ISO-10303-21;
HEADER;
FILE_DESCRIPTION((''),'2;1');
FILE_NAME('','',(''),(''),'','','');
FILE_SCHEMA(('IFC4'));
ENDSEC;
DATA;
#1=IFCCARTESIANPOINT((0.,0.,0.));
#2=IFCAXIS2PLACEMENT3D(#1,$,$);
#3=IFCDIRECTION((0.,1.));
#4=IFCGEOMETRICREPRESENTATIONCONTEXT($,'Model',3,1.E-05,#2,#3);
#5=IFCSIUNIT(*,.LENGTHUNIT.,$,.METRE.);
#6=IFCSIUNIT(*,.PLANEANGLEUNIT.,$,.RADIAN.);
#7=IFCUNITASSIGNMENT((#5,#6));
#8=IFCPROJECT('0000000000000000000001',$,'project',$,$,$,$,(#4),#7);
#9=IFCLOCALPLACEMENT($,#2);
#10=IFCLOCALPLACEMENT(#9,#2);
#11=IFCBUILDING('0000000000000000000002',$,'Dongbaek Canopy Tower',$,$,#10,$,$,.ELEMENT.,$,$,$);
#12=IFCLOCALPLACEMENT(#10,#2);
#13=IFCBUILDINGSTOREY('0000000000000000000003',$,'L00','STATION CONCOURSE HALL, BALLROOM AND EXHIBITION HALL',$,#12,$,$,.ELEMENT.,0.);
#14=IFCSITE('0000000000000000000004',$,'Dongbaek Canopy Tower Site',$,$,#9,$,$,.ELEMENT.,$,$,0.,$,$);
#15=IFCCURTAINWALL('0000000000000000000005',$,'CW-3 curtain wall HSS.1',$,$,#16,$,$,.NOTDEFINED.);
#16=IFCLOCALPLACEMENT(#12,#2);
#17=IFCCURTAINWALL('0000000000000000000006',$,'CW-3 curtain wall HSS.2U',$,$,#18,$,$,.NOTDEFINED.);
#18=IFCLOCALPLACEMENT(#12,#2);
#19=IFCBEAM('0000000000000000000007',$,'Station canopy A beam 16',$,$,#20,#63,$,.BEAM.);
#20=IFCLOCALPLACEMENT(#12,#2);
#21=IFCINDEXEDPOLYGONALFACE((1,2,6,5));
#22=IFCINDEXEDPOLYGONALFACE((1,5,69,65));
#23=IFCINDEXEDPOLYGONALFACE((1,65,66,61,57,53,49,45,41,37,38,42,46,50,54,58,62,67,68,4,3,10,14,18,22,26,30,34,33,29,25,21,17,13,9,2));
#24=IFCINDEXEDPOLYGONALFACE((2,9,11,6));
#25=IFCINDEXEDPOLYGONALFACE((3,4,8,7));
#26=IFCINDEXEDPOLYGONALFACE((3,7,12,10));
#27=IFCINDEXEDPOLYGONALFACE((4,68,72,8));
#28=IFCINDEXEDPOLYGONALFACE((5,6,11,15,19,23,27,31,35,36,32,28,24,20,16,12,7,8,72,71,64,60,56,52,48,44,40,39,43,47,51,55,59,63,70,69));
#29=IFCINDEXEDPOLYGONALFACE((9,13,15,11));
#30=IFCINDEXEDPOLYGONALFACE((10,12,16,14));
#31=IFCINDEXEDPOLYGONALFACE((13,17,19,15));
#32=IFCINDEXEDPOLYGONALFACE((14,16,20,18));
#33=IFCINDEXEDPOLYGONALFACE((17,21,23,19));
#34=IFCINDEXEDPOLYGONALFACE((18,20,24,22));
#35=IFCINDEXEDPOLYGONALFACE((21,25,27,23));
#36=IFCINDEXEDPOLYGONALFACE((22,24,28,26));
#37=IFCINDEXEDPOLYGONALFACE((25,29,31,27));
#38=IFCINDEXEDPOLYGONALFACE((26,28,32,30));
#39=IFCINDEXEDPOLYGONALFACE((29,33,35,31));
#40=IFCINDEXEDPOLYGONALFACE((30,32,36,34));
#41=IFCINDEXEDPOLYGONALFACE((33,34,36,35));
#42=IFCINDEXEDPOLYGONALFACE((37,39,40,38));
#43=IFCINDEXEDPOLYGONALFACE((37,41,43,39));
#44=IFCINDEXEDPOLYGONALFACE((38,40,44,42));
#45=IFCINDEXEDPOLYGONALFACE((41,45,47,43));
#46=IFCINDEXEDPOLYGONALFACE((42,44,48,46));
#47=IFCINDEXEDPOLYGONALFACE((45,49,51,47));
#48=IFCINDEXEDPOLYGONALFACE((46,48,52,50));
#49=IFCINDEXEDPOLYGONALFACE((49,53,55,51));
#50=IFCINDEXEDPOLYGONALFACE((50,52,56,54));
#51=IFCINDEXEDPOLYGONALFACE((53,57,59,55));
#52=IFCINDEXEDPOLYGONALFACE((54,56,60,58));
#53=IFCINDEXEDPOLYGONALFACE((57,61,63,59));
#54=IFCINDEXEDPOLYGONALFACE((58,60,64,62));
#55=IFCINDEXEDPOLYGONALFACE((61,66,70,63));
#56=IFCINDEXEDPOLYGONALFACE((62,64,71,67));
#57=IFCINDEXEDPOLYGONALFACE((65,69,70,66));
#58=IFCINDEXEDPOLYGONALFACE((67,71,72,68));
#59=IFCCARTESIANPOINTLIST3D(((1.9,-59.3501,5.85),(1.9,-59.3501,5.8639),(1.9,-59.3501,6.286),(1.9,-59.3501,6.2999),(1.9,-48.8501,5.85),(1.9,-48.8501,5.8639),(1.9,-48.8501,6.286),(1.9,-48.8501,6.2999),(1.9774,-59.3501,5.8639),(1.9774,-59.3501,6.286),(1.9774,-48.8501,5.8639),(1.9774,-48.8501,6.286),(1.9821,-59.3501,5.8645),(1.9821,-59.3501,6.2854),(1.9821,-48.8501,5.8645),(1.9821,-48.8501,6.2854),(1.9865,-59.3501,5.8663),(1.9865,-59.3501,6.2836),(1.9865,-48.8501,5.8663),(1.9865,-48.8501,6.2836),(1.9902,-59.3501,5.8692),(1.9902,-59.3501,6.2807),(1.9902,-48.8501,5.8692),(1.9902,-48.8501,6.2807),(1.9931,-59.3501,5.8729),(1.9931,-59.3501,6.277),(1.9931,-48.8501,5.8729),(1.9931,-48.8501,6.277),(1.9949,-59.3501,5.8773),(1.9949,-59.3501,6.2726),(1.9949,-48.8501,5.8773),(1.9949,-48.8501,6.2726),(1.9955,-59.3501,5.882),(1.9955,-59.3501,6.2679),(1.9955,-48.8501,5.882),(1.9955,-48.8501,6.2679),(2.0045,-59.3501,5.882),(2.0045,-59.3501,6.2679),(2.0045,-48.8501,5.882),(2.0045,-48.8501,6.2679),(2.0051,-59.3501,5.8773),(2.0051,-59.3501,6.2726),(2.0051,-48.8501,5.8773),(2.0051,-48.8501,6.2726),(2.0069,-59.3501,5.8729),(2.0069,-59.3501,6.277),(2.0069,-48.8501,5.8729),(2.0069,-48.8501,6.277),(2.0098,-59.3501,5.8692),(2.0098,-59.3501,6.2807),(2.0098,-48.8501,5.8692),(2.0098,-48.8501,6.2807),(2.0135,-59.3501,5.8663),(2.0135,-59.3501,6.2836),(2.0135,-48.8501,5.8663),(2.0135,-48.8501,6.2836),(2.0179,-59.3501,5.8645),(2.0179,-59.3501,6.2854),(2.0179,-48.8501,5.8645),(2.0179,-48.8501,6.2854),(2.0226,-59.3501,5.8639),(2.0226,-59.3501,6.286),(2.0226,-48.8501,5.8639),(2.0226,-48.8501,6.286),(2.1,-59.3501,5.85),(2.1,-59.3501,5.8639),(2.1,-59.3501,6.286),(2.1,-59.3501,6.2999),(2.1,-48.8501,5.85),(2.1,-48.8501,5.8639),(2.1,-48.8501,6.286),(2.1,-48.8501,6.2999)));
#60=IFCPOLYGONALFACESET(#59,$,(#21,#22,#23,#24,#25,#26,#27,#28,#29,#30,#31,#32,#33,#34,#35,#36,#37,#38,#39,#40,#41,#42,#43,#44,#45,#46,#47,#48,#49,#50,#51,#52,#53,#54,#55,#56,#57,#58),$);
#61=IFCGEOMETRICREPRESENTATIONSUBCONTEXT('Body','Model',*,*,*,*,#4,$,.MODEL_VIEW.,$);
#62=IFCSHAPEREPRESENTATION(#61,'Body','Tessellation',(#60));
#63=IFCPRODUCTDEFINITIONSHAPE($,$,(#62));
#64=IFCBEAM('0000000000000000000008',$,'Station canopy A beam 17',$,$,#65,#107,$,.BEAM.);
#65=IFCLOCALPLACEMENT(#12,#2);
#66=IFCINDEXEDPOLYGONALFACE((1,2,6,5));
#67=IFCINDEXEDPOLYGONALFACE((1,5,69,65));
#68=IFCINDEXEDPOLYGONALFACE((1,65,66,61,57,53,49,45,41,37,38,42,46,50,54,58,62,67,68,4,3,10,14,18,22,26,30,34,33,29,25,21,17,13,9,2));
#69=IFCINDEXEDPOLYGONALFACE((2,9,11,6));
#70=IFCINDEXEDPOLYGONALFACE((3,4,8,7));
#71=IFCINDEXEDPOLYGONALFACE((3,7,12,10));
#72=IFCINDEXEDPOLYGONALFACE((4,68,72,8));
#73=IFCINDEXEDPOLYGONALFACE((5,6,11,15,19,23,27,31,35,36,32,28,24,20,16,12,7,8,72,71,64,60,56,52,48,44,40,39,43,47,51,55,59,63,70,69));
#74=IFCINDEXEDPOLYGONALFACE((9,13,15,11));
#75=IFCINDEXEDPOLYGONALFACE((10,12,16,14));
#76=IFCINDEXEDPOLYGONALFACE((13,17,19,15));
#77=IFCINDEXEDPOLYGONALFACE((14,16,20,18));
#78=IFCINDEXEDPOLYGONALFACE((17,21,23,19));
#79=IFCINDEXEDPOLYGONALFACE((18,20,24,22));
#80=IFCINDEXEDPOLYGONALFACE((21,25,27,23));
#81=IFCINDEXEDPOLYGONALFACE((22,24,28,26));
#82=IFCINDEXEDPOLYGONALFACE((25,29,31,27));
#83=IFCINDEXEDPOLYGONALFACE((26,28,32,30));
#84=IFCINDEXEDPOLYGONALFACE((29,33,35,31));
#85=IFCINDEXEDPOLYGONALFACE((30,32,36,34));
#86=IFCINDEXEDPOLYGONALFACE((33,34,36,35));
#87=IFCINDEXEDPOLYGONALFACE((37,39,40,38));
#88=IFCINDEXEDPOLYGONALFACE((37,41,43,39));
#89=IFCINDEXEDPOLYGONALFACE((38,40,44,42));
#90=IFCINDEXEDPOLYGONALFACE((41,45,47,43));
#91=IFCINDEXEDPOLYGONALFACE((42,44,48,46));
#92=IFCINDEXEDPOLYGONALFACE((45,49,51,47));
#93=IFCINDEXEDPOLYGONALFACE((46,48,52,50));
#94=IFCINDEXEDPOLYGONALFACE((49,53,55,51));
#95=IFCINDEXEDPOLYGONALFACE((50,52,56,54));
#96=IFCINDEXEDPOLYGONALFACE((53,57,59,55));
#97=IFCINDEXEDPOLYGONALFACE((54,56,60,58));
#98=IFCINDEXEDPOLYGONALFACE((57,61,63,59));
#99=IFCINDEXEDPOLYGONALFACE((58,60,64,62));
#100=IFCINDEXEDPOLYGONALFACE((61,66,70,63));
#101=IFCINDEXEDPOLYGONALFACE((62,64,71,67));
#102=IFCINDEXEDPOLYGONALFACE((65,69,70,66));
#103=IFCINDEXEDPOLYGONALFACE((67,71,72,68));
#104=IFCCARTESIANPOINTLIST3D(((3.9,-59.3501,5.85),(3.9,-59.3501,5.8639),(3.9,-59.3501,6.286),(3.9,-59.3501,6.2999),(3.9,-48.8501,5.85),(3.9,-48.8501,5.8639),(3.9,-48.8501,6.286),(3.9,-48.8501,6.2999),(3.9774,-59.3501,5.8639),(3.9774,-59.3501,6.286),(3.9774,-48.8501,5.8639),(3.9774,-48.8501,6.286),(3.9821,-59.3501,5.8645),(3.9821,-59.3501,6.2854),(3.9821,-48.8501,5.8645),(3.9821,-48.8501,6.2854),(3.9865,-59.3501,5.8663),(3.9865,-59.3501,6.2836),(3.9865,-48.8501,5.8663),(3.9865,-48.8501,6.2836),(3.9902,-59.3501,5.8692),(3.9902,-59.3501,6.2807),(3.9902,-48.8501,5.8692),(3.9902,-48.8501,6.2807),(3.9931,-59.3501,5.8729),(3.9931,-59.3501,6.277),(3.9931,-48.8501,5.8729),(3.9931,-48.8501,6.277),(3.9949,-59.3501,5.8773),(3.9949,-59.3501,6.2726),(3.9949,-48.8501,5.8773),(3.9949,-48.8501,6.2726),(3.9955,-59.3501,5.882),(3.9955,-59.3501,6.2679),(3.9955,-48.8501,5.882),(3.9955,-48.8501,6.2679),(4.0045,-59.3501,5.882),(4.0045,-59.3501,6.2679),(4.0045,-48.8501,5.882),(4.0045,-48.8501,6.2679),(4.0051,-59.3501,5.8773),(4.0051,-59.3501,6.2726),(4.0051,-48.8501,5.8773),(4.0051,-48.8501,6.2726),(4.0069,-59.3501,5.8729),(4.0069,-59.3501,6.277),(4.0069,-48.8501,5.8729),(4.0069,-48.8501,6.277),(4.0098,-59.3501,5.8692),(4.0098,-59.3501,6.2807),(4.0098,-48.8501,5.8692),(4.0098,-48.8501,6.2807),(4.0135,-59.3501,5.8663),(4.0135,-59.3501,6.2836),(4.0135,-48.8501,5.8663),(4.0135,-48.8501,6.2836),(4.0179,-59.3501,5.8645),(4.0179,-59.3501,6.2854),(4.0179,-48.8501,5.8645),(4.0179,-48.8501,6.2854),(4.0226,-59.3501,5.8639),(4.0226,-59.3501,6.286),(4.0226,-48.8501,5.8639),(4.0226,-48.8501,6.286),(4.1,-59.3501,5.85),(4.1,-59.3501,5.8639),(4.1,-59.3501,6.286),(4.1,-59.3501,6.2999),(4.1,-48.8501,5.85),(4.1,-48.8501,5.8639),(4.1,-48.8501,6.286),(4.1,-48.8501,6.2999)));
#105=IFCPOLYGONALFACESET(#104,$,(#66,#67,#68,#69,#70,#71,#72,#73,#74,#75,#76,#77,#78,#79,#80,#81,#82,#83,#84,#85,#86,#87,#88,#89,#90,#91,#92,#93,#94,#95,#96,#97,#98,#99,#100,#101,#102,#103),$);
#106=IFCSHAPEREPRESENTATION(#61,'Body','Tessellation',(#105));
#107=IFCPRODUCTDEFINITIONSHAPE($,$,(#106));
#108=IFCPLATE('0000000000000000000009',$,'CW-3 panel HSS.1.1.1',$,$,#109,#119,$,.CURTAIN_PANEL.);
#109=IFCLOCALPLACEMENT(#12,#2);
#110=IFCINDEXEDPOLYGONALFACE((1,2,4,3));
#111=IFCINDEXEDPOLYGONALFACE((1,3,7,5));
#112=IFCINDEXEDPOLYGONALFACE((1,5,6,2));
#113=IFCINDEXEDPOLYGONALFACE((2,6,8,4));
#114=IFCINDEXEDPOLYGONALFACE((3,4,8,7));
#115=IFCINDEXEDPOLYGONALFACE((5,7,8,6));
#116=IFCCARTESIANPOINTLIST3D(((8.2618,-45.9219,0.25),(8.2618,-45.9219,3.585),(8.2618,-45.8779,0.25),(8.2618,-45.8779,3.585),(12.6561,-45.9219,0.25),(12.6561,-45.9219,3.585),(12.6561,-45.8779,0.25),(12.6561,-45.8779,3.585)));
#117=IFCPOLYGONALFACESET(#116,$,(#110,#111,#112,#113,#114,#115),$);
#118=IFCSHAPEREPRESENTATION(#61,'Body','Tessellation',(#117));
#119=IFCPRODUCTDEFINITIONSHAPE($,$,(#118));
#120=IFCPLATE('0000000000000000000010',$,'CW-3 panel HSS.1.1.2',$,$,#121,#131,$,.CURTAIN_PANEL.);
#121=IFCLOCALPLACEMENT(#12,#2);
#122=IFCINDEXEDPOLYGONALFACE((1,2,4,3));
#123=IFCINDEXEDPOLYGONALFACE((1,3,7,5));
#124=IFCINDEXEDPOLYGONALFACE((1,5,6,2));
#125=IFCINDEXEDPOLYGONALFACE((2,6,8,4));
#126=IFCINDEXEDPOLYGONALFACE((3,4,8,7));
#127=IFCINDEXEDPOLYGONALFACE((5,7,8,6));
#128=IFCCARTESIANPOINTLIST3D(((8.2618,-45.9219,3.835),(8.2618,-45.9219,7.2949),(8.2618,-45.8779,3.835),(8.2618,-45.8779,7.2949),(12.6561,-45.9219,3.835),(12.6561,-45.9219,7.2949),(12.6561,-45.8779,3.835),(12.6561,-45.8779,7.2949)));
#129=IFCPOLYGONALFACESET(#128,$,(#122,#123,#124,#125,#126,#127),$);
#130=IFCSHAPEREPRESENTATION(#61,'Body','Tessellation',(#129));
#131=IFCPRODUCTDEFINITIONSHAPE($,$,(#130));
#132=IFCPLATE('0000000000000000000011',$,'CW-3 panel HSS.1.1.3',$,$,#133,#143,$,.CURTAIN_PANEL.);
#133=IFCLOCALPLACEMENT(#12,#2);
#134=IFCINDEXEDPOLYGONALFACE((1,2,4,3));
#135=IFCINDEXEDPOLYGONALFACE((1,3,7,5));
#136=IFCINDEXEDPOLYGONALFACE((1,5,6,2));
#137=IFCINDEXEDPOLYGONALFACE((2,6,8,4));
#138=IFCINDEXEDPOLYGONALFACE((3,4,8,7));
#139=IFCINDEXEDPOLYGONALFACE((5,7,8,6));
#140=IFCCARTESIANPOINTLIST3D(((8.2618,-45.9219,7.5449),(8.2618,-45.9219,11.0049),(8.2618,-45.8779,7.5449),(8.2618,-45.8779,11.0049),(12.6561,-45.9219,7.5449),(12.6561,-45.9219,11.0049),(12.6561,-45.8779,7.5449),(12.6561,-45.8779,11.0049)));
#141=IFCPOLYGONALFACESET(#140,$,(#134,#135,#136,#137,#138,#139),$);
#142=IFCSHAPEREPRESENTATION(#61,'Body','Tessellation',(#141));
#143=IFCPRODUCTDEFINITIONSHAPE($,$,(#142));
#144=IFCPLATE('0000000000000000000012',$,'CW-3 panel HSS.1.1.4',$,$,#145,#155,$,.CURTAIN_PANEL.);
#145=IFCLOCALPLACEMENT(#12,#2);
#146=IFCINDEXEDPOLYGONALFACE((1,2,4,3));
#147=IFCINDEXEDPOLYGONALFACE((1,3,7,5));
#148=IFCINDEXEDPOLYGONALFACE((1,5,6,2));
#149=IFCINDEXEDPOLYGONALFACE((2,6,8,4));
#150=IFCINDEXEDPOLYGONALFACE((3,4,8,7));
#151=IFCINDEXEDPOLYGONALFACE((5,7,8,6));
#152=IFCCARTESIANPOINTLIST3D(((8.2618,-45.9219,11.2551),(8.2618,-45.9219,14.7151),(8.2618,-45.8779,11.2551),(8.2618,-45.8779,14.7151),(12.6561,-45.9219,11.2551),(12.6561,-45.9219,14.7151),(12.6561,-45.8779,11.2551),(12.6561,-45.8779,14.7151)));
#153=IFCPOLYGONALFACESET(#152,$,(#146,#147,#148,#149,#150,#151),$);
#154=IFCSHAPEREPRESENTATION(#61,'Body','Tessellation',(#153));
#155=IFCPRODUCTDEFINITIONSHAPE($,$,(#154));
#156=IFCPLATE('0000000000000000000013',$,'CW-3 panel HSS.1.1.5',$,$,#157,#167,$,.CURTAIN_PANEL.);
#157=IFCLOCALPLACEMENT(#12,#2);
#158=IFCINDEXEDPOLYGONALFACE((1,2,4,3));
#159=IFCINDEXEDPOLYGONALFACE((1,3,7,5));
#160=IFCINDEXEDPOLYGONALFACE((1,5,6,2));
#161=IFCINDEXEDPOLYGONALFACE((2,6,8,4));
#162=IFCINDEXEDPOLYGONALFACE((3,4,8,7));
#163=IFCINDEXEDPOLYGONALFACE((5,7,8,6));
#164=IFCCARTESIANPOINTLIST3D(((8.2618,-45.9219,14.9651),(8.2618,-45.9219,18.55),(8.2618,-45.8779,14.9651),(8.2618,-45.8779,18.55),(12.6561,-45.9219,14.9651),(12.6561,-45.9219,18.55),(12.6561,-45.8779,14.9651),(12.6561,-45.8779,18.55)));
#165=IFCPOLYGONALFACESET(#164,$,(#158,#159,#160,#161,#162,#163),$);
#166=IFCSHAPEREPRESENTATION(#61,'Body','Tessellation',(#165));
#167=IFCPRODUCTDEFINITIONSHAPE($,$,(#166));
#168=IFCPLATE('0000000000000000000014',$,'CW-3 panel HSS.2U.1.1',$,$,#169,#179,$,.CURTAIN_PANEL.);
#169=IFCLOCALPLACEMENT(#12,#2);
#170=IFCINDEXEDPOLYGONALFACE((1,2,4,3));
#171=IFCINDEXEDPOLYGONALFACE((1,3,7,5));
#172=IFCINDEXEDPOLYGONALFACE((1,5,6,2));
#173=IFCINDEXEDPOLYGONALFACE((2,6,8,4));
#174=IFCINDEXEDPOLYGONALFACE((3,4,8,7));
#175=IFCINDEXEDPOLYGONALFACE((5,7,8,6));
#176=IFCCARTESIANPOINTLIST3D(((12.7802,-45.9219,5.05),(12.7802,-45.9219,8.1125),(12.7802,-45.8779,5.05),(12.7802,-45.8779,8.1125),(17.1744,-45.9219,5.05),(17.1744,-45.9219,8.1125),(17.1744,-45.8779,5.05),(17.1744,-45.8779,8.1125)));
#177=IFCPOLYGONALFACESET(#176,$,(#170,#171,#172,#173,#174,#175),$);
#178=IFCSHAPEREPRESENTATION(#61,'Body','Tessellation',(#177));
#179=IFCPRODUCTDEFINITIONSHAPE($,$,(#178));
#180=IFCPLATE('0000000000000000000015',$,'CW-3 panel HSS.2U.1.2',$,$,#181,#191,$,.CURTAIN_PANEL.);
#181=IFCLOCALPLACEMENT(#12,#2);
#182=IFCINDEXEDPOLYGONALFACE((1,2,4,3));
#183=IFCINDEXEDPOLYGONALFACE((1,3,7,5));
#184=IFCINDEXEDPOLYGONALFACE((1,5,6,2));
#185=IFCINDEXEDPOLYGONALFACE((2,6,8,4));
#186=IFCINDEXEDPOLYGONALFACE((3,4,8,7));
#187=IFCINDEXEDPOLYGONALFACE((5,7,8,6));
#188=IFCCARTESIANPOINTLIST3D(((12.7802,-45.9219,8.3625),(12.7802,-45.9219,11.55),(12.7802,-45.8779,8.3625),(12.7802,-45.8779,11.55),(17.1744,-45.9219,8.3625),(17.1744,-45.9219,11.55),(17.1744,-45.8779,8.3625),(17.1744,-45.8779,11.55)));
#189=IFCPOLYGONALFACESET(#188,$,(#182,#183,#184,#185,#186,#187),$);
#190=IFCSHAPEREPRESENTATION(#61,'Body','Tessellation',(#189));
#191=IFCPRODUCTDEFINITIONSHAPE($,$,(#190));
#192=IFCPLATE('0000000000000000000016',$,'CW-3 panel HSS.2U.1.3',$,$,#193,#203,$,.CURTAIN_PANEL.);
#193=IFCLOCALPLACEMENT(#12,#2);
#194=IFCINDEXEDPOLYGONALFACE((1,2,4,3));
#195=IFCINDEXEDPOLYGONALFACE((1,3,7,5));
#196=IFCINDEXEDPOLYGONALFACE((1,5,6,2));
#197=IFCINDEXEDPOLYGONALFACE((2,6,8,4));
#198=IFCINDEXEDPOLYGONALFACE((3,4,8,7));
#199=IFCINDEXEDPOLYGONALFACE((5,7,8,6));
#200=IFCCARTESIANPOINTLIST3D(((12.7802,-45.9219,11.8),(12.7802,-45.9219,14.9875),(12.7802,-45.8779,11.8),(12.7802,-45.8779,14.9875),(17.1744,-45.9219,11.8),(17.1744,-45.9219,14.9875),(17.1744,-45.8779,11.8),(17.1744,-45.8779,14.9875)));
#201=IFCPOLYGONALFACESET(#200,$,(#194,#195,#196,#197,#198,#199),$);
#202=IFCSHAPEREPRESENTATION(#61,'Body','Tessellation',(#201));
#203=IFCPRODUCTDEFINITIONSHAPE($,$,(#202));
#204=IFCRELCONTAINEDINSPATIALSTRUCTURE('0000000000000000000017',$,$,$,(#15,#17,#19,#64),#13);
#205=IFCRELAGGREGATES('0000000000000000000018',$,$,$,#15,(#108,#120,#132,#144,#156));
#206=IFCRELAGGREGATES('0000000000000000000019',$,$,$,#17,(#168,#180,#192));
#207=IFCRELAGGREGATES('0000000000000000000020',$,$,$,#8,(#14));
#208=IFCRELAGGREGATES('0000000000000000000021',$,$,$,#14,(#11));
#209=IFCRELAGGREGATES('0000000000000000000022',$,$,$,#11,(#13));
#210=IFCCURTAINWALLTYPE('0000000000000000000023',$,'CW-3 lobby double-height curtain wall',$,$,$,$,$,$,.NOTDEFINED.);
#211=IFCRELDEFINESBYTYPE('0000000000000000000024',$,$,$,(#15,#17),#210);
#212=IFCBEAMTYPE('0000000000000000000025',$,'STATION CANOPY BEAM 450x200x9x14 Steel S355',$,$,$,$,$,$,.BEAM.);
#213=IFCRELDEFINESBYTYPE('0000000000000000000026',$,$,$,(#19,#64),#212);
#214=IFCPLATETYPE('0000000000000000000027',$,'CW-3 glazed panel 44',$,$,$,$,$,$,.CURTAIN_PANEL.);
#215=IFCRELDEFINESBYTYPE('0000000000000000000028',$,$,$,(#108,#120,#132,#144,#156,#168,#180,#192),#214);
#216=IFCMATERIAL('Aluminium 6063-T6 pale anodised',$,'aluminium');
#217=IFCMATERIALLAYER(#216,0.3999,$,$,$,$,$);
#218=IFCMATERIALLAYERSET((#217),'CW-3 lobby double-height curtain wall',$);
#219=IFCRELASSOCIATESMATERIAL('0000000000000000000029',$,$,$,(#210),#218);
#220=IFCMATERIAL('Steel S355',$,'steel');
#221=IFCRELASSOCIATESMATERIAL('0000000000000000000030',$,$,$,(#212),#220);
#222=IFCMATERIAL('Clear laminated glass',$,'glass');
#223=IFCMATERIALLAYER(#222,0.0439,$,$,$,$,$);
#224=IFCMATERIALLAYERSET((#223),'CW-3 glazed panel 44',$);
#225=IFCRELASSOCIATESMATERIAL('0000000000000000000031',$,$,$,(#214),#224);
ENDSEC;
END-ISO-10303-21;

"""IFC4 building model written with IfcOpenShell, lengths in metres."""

from ifc_helpers import new_model, si_unit, direction, frame, origin, origin_2d, place, context, subcontext, project, spatial, rectangle, i_section, extrude, material, layer, layer_set, material_profile, profile_set, type_object, element, aggregate, save


model = new_model("IFC4")

# Units and contexts
model_context = context("Model", 3, precision=1e-05, world=origin(), true_north=direction((0.0, 1.0)))
body_context = subcontext(model_context, "Body", "Model", "MODEL_VIEW")
ifc_project = project(units=[si_unit("LENGTHUNIT", "METRE"), si_unit("PLANEANGLEUNIT", "RADIAN")], contexts=[model_context])

# Site, building, storey
site_placement = place(None, origin())
site = spatial("IfcSite", under=ifc_project, at=site_placement, Name="Dongbaek Canopy Tower Site", CompositionType="ELEMENT", RefElevation=0.0)
building_placement = place(site_placement, origin())
building = spatial("IfcBuilding", under=site, at=building_placement, Name="Dongbaek Canopy Tower", CompositionType="ELEMENT")
storey_placement = place(building_placement, origin())
storey = spatial("IfcBuildingStorey", under=building, at=storey_placement, Name="L00", Description="STATION CONCOURSE HALL, BALLROOM AND EXHIBITION HALL", CompositionType="ELEMENT", Elevation=0.0)

# Curtain walls
ifc_material_1 = material(Name="Aluminium 6063-T6 pale anodised", Category="aluminium")
ifc_layer_1 = layer(ifc_material_1, 0.3999)
ifc_layer_set_1 = layer_set([ifc_layer_1], Name="CW-3 lobby double-height curtain wall")
curtain_wall_type = type_object("IfcCurtainWallType", Name="CW-3 lobby double-height curtain wall", PredefinedType="NOTDEFINED", material=ifc_layer_set_1)
curtain_wall_1_placement = place(storey_placement, origin())
curtain_wall_1 = element("IfcCurtainWall", 1, at=curtain_wall_1_placement, inside=storey, type_object=curtain_wall_type, Name="CW-3 curtain wall HSS.1", PredefinedType="NOTDEFINED")
curtain_wall_2_placement = place(storey_placement, origin())
curtain_wall_2 = element("IfcCurtainWall", 2, at=curtain_wall_2_placement, inside=storey, type_object=curtain_wall_type, Name="CW-3 curtain wall HSS.2U", PredefinedType="NOTDEFINED")

# Beams
ifc_material_2 = material(Name="Steel S355", Category="steel")
ifc_material_profile_1 = material_profile(ifc_material_2, i_section(OverallWidth=0.2, OverallDepth=0.45, WebThickness=0.009, FlangeThickness=0.0139, FilletRadius=0.0181, at=origin_2d()), Name="STATION CANOPY BEAM 450x200x9x14 Steel S355")
ifc_profile_set_1 = profile_set([ifc_material_profile_1], Name="Steel S355")
beam_type = type_object("IfcBeamType", Name="STATION CANOPY BEAM 450x200x9x14 Steel S355", PredefinedType="BEAM", material=ifc_profile_set_1)
for number, where, z_axis, x_axis, name in (
    (3, (2.0, -59.3501, 6.075), (0.0, 1.0, 0.0), (-1.0, 0.0, 0.0), "Station canopy A beam 16"),
    (4, (4.0, -59.3501, 6.075), (0.0, 1.0, 0.0), (-1.0, 0.0, 0.0), "Station canopy A beam 17"),
):
    element("IfcBeam", number, at=place(storey_placement, frame(where, z_axis=z_axis, x_axis=x_axis)), inside=storey, type_object=beam_type, Name=name, PredefinedType="BEAM", context=body_context, shape_type="SweptSolid", body=[
        extrude(i_section(OverallWidth=0.2, OverallDepth=0.45, WebThickness=0.009, FlangeThickness=0.0139, FilletRadius=0.0181, at=origin_2d()), origin(), (0.0, 0.0, 1.0), 10.5),
    ])

# Plates
ifc_material_3 = material(Name="Clear laminated glass", Category="glass")
ifc_layer_2 = layer(ifc_material_3, 0.0439)
ifc_layer_set_2 = layer_set([ifc_layer_2], Name="CW-3 glazed panel 44")
plate_type = type_object("IfcPlateType", Name="CW-3 glazed panel 44", PredefinedType="CURTAIN_PANEL", material=ifc_layer_set_2)
plate_1_placement = place(storey_placement, frame((10.459, -45.8999, 0.25), z_axis=(0.0, 0.0, 1.0), x_axis=(1.0, 0.0, 0.0)))
plate_1 = element("IfcPlate", 5, at=plate_1_placement, type_object=plate_type, Name="CW-3 panel HSS.1.1.1", PredefinedType="CURTAIN_PANEL", context=body_context, shape_type="SweptSolid", body=[
    extrude(rectangle(XDim=4.3943, YDim=0.0439, at=origin_2d()), origin(), (0.0, 0.0, 1.0), 3.335),
])
plate_2_placement = place(storey_placement, frame((10.459, -45.8999, 3.835), z_axis=(0.0, 0.0, 1.0), x_axis=(1.0, 0.0, 0.0)))
plate_2 = element("IfcPlate", 6, at=plate_2_placement, type_object=plate_type, Name="CW-3 panel HSS.1.1.2", PredefinedType="CURTAIN_PANEL", context=body_context, shape_type="SweptSolid", body=[
    extrude(rectangle(XDim=4.3943, YDim=0.0439, at=origin_2d()), origin(), (0.0, 0.0, 1.0), 3.46),
])
plate_3_placement = place(storey_placement, frame((10.459, -45.8999, 7.5449), z_axis=(0.0, 0.0, 1.0), x_axis=(1.0, 0.0, 0.0)))
plate_3 = element("IfcPlate", 7, at=plate_3_placement, type_object=plate_type, Name="CW-3 panel HSS.1.1.3", PredefinedType="CURTAIN_PANEL", context=body_context, shape_type="SweptSolid", body=[
    extrude(rectangle(XDim=4.3943, YDim=0.0439, at=origin_2d()), origin(), (0.0, 0.0, 1.0), 3.46),
])
plate_4_placement = place(storey_placement, frame((10.459, -45.8999, 11.2551), z_axis=(0.0, 0.0, 1.0), x_axis=(1.0, 0.0, 0.0)))
plate_4 = element("IfcPlate", 8, at=plate_4_placement, type_object=plate_type, Name="CW-3 panel HSS.1.1.4", PredefinedType="CURTAIN_PANEL", context=body_context, shape_type="SweptSolid", body=[
    extrude(rectangle(XDim=4.3943, YDim=0.0439, at=origin_2d()), origin(), (0.0, 0.0, 1.0), 3.46),
])
plate_5_placement = place(storey_placement, frame((10.459, -45.8999, 14.9651), z_axis=(0.0, 0.0, 1.0), x_axis=(1.0, 0.0, 0.0)))
plate_5 = element("IfcPlate", 9, at=plate_5_placement, type_object=plate_type, Name="CW-3 panel HSS.1.1.5", PredefinedType="CURTAIN_PANEL", context=body_context, shape_type="SweptSolid", body=[
    extrude(rectangle(XDim=4.3943, YDim=0.0439, at=origin_2d()), origin(), (0.0, 0.0, 1.0), 3.585),
])
aggregate(curtain_wall_1, [plate_1, plate_2, plate_3, plate_4, plate_5])
plate_6_placement = place(storey_placement, frame((14.9773, -45.8999, 5.05), z_axis=(0.0, 0.0, 1.0), x_axis=(1.0, 0.0, 0.0)))
plate_6 = element("IfcPlate", 10, at=plate_6_placement, type_object=plate_type, Name="CW-3 panel HSS.2U.1.1", PredefinedType="CURTAIN_PANEL", context=body_context, shape_type="SweptSolid", body=[
    extrude(rectangle(XDim=4.3943, YDim=0.0439, at=origin_2d()), origin(), (0.0, 0.0, 1.0), 3.0625),
])
plate_7_placement = place(storey_placement, frame((14.9773, -45.8999, 8.3625), z_axis=(0.0, 0.0, 1.0), x_axis=(1.0, 0.0, 0.0)))
plate_7 = element("IfcPlate", 11, at=plate_7_placement, type_object=plate_type, Name="CW-3 panel HSS.2U.1.2", PredefinedType="CURTAIN_PANEL", context=body_context, shape_type="SweptSolid", body=[
    extrude(rectangle(XDim=4.3943, YDim=0.0439, at=origin_2d()), origin(), (0.0, 0.0, 1.0), 3.1875),
])
plate_8_placement = place(storey_placement, frame((14.9773, -45.8999, 11.8), z_axis=(0.0, 0.0, 1.0), x_axis=(1.0, 0.0, 0.0)))
plate_8 = element("IfcPlate", 12, at=plate_8_placement, type_object=plate_type, Name="CW-3 panel HSS.2U.1.3", PredefinedType="CURTAIN_PANEL", context=body_context, shape_type="SweptSolid", body=[
    extrude(rectangle(XDim=4.3943, YDim=0.0439, at=origin_2d()), origin(), (0.0, 0.0, 1.0), 3.1875),
])
aggregate(curtain_wall_2, [plate_6, plate_7, plate_8])

save(model, "model.ifc")
